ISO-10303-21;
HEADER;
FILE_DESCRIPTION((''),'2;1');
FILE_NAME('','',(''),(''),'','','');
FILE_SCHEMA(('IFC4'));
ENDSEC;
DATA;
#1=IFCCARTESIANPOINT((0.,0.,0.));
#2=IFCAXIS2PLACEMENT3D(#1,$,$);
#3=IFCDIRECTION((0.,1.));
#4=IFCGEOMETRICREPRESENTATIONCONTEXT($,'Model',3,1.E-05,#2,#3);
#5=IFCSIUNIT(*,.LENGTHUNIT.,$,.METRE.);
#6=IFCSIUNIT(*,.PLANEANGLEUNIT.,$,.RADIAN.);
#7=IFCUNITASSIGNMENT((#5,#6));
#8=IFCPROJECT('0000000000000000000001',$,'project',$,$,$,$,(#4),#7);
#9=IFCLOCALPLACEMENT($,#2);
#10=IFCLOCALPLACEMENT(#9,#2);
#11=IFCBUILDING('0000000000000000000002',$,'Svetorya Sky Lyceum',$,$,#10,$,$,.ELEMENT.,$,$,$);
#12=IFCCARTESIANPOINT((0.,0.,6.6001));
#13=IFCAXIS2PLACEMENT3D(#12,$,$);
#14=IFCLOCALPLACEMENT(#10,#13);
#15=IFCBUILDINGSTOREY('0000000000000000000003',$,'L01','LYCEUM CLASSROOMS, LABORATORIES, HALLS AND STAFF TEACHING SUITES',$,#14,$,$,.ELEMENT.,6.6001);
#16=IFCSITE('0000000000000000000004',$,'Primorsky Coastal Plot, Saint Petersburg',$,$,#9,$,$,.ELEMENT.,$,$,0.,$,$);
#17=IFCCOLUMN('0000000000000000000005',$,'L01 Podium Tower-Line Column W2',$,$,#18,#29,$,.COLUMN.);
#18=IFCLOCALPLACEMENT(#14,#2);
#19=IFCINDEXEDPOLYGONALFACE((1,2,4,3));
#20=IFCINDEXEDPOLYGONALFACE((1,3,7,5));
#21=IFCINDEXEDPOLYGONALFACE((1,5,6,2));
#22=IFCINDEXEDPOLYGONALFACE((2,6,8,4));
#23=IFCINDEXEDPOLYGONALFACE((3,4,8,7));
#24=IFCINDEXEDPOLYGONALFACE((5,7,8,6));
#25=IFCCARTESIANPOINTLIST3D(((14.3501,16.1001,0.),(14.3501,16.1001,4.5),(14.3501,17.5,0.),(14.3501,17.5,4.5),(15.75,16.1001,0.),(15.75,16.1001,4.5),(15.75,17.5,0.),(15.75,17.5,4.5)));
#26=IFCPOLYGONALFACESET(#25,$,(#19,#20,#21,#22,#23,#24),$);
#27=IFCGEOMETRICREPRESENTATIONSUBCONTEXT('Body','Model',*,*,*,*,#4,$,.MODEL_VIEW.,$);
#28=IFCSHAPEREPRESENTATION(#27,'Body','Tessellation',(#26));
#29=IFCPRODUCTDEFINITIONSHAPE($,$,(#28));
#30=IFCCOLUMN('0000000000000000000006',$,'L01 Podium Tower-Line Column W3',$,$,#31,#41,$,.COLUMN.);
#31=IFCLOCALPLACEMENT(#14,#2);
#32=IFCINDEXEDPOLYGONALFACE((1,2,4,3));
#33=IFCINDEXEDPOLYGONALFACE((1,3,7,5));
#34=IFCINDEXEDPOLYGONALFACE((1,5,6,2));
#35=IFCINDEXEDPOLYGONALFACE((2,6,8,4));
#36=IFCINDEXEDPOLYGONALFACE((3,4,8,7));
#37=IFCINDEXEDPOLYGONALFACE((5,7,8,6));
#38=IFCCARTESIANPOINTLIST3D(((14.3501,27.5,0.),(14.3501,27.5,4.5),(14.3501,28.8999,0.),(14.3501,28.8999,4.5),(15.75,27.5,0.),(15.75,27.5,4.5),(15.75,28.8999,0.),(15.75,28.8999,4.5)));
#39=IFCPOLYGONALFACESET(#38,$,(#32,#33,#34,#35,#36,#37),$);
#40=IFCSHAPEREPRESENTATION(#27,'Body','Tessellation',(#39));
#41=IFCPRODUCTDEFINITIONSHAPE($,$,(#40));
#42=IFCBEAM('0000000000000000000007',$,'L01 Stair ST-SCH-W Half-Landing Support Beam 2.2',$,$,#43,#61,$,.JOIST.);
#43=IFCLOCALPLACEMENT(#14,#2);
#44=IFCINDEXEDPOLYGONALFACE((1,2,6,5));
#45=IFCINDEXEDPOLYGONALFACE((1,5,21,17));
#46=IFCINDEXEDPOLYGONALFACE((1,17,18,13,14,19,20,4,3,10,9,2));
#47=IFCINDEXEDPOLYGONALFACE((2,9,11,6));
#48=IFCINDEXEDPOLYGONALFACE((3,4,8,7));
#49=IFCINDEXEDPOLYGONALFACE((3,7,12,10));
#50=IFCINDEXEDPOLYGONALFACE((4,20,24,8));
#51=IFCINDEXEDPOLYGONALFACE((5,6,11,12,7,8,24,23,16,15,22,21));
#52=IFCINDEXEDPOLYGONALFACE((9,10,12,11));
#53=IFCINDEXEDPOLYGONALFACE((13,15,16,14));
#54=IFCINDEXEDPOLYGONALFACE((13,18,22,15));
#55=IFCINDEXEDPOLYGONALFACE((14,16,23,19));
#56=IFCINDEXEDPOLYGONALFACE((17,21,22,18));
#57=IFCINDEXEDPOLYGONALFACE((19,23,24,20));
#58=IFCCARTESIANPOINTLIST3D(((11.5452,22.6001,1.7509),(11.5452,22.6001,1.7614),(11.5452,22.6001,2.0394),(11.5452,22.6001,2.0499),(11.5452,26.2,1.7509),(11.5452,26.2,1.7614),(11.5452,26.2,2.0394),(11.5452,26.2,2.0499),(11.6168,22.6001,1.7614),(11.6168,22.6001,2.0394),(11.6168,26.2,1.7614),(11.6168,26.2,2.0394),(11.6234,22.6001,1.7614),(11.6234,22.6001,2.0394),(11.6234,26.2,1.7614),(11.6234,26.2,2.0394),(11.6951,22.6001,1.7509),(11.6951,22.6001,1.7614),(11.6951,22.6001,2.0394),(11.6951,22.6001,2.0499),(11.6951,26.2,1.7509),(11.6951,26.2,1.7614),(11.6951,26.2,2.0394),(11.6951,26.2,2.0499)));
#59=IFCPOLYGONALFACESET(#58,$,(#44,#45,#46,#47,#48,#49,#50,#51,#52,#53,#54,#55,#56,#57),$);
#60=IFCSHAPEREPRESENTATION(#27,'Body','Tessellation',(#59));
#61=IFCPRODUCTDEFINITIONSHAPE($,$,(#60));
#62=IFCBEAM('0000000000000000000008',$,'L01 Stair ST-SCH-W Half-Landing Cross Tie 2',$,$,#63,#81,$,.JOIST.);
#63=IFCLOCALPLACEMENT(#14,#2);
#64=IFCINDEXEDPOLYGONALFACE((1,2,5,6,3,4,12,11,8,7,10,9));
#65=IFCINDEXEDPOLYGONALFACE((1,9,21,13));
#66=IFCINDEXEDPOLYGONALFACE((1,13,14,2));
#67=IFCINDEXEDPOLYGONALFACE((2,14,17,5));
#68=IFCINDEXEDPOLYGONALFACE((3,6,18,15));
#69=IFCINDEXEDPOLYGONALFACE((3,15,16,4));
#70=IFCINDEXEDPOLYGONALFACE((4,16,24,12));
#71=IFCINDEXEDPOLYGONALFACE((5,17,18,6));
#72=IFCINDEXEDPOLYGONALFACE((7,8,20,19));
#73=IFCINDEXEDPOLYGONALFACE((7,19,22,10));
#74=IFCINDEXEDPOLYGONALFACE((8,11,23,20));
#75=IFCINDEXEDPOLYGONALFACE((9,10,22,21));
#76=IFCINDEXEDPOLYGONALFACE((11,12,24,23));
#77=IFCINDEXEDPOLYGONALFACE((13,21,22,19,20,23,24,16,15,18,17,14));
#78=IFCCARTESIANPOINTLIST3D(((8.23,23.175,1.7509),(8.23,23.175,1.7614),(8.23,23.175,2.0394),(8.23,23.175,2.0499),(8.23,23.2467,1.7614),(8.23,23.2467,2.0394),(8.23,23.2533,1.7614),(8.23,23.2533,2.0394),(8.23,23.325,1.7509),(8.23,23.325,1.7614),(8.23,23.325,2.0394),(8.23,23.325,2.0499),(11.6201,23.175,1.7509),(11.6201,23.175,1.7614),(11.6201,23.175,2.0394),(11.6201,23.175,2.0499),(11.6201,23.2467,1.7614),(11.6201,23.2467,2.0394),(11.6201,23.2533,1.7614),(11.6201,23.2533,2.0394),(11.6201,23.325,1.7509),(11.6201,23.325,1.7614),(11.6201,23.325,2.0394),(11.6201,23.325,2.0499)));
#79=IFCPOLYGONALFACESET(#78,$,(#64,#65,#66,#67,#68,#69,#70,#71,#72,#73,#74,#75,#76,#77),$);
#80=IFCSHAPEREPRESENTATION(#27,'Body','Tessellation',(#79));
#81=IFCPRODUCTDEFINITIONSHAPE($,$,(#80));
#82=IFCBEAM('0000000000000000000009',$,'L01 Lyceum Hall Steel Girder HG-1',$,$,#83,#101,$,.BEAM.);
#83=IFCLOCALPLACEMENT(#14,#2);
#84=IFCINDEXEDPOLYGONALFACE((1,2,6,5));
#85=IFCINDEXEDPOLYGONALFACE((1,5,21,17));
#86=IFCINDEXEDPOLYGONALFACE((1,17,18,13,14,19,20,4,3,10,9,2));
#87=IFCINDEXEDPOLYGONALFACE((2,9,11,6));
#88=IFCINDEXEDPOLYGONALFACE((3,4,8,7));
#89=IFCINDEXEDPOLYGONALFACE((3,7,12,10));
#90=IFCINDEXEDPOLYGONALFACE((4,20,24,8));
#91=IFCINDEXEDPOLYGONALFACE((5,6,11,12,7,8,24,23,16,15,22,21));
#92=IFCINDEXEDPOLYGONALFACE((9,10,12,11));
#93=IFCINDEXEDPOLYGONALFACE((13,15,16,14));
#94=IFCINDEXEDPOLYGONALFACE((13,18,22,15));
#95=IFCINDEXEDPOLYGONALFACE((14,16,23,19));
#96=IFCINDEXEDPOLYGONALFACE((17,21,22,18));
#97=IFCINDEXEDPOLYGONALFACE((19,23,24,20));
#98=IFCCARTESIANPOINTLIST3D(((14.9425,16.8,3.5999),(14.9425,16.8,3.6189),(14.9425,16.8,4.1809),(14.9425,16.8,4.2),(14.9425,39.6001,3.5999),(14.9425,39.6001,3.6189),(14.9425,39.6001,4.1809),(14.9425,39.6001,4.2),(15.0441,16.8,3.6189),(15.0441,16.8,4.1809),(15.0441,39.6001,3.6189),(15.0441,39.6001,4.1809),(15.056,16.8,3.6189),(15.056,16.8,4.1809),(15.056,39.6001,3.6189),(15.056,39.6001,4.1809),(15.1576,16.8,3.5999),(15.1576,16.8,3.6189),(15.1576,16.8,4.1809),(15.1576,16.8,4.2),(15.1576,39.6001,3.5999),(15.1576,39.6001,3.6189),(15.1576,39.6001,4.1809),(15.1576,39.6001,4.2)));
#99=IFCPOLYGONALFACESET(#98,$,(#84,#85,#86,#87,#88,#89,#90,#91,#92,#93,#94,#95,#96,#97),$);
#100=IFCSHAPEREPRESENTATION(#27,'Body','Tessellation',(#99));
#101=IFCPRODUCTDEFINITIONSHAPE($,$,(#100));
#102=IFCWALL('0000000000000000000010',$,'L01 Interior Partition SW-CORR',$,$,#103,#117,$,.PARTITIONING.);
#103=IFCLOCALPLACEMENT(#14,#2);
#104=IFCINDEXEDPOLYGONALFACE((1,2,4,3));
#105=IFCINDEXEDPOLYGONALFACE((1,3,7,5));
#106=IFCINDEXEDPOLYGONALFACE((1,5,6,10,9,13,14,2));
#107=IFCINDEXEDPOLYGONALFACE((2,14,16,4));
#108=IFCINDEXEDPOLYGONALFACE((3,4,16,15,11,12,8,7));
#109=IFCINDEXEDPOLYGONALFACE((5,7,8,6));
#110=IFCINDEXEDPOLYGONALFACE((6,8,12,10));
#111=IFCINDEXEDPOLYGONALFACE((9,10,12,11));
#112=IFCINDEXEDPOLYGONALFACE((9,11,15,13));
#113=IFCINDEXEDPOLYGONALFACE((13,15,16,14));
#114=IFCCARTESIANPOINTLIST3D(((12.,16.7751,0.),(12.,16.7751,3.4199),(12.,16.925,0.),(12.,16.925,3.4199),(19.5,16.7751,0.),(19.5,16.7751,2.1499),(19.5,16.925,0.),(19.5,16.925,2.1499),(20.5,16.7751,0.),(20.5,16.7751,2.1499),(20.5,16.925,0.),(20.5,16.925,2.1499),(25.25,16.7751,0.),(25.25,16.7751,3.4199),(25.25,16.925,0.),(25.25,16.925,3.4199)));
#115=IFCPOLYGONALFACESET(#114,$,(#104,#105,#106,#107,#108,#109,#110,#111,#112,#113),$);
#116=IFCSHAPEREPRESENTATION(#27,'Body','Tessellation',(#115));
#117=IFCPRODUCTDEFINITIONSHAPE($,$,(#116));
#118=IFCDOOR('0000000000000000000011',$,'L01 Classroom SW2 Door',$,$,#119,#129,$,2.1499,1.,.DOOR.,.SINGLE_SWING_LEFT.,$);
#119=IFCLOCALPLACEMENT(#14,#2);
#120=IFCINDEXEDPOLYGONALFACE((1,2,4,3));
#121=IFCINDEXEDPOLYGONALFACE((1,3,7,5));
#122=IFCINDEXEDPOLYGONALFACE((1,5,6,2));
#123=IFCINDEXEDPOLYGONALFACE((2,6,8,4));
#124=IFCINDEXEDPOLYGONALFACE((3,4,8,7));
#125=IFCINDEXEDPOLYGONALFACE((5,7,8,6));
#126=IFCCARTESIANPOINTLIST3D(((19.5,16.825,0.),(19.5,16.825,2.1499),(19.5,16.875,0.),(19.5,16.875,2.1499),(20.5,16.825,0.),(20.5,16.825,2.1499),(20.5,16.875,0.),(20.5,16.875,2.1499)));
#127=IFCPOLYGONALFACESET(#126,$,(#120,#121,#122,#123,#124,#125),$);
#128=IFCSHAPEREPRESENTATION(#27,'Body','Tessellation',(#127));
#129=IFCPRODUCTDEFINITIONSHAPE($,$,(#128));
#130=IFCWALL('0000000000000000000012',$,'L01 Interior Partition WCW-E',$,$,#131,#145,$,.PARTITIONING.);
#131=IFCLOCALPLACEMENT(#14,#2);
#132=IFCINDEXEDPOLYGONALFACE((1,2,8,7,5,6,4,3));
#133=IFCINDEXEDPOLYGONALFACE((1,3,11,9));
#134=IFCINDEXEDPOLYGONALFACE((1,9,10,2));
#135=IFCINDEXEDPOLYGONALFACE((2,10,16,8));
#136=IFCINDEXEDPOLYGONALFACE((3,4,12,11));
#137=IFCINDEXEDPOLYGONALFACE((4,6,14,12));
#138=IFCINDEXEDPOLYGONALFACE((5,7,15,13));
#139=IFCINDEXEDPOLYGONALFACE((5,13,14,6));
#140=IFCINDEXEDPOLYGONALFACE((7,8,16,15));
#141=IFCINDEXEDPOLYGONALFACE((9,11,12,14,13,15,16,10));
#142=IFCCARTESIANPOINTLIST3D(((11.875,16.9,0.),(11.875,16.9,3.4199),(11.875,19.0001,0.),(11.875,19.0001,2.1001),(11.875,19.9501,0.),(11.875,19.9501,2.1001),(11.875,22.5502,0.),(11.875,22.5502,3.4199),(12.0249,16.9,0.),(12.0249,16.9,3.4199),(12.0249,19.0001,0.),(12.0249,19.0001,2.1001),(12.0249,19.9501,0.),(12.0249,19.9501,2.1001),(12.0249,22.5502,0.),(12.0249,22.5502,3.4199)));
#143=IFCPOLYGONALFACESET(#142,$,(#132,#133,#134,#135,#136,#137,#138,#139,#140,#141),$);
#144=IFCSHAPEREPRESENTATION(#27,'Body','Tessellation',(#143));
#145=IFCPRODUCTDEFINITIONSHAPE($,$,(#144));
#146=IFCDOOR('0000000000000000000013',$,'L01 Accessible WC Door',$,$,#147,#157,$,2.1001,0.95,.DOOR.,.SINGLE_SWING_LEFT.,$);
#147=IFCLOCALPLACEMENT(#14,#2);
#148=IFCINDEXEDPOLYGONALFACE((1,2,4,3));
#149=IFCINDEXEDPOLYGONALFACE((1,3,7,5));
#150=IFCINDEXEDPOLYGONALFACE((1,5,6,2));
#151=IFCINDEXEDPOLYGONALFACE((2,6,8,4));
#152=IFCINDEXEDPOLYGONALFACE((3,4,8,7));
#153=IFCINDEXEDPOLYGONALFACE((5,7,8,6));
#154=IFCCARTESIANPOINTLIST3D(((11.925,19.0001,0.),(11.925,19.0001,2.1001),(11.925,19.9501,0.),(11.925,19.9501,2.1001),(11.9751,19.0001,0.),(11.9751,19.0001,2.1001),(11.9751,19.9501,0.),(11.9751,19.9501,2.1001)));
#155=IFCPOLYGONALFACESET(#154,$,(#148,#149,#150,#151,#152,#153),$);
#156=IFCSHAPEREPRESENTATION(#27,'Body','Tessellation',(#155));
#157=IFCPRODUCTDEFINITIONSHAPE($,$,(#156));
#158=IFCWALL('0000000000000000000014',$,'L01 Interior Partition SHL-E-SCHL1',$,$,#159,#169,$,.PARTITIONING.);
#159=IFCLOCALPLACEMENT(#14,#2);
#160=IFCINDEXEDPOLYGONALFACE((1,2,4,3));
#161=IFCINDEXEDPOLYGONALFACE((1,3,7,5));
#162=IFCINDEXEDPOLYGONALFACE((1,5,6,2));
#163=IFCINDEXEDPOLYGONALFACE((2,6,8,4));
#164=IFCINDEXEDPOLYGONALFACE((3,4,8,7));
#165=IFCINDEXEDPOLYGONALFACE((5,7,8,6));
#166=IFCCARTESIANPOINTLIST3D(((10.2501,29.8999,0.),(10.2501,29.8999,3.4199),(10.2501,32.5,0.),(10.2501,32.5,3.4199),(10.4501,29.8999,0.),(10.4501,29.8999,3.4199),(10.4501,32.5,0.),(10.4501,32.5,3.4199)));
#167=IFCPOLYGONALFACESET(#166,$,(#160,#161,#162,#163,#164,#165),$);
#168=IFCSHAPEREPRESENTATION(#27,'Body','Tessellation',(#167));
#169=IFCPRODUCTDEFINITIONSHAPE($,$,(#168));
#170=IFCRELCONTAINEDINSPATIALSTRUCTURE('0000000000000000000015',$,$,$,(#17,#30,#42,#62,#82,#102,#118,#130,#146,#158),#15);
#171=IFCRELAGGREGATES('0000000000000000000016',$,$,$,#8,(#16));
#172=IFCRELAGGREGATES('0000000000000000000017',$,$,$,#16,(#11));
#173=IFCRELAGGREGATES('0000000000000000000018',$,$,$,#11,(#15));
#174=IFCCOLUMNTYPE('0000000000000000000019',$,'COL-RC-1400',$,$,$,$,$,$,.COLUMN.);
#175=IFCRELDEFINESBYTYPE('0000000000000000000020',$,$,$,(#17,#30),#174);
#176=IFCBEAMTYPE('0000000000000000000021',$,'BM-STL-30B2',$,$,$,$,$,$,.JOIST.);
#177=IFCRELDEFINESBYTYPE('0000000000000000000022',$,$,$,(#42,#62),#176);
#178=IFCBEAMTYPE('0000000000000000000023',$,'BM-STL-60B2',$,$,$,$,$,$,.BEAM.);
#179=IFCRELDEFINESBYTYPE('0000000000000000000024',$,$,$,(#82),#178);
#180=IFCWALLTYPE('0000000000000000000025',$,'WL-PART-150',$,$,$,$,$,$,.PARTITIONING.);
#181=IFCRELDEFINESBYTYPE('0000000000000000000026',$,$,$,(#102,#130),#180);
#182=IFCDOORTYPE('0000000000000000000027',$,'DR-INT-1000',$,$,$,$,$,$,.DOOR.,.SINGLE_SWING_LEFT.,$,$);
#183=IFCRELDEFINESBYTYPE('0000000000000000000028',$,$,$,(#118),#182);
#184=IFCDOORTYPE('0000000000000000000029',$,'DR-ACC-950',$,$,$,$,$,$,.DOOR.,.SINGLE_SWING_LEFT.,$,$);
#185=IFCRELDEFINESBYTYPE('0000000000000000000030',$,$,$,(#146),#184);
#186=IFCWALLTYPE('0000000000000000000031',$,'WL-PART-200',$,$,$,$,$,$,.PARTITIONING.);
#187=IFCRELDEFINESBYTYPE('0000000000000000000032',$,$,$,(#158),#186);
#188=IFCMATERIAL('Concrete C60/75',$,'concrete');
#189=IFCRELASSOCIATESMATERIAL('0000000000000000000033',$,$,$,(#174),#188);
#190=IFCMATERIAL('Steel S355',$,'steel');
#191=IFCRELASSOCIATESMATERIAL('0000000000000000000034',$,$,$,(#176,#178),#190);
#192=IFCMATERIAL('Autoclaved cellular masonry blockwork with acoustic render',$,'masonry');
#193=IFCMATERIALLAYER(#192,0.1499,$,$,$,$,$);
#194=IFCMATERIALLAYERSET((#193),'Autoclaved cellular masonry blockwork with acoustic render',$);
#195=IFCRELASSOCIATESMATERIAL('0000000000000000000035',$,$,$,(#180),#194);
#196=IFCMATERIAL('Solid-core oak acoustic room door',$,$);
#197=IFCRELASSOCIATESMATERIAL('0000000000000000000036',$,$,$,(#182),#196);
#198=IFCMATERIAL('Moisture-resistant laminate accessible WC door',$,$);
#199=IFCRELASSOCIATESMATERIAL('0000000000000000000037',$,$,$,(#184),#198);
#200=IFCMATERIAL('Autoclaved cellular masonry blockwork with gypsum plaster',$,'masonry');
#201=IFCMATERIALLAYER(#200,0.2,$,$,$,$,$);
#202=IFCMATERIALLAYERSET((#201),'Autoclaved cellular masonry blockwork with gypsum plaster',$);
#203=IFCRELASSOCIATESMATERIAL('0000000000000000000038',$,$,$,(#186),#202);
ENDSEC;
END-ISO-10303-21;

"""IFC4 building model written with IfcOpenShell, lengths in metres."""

from ifc_helpers import new_model, si_unit, direction, frame, frame_2d, origin, origin_2d, place, context, subcontext, project, spatial, rectangle, i_section, extrude, material, layer, layer_set, material_profile, profile_set, type_object, element, fill, save


model = new_model("IFC4")

# Units and contexts
model_context = context("Model", 3, precision=1e-05, world=origin(), true_north=direction((0.0, 1.0)))
body_context = subcontext(model_context, "Body", "Model", "MODEL_VIEW")
ifc_project = project(units=[si_unit("LENGTHUNIT", "METRE"), si_unit("PLANEANGLEUNIT", "RADIAN")], contexts=[model_context])

# Site, building, storey
site_placement = place(None, origin())
site = spatial("IfcSite", under=ifc_project, at=site_placement, Name="Primorsky Coastal Plot, Saint Petersburg", CompositionType="ELEMENT", RefElevation=0.0)
building_placement = place(site_placement, origin())
building = spatial("IfcBuilding", under=site, at=building_placement, Name="Svetorya Sky Lyceum", CompositionType="ELEMENT")
storey_placement = place(building_placement, frame((0.0, 0.0, 6.6001)))
storey = spatial("IfcBuildingStorey", under=building, at=storey_placement, Name="L01", Description="LYCEUM CLASSROOMS, LABORATORIES, HALLS AND STAFF TEACHING SUITES", CompositionType="ELEMENT", Elevation=6.6001)

# Columns
ifc_material_1 = material(Name="Concrete C60/75", Category="concrete")
ifc_material_profile_1 = material_profile(ifc_material_1, rectangle(XDim=1.3999, YDim=1.3999, at=origin_2d()), Name="RC COL 1400x1400")
ifc_profile_set_1 = profile_set([ifc_material_profile_1], Name="Concrete C60/75")
column_type = type_object("IfcColumnType", Name="COL-RC-1400", PredefinedType="COLUMN", material=ifc_profile_set_1)
for number, where, z_axis, x_axis, name in (
    (1, (15.05, 16.8, 0.0), (0.0, 0.0, 1.0), (1.0, 0.0, 0.0), "L01 Podium Tower-Line Column W2"),
    (2, (15.05, 28.2, 0.0), (0.0, 0.0, 1.0), (1.0, 0.0, 0.0), "L01 Podium Tower-Line Column W3"),
):
    element("IfcColumn", number, at=place(storey_placement, frame(where, z_axis=z_axis, x_axis=x_axis)), inside=storey, type_object=column_type, Name=name, PredefinedType="COLUMN", context=body_context, shape_type="SweptSolid", body=[
        extrude(rectangle(XDim=1.3999, YDim=1.3999, at=origin_2d()), origin(), (0.0, 0.0, 1.0), 4.5),
    ])

# Beams
ifc_material_2 = material(Name="Steel S355", Category="steel")
ifc_material_profile_2 = material_profile(ifc_material_2, i_section(OverallWidth=0.1499, OverallDepth=0.2991, WebThickness=0.0066, FlangeThickness=0.0105, at=origin_2d()), Name="GOST 30B2")
ifc_profile_set_2 = profile_set([ifc_material_profile_2], Name="Steel S355")
beam_type_1 = type_object("IfcBeamType", Name="BM-STL-30B2", PredefinedType="JOIST", material=ifc_profile_set_2)
beam_1_placement = place(storey_placement, frame((11.6201, 22.6001, 1.9004), z_axis=(0.0, 1.0, 0.0), x_axis=(-1.0, 0.0, 0.0)))
element("IfcBeam", 3, at=beam_1_placement, inside=storey, type_object=beam_type_1, Name="L01 Stair ST-SCH-W Half-Landing Support Beam 2.2", PredefinedType="JOIST", context=body_context, shape_type="SweptSolid", body=[
    extrude(i_section(OverallWidth=0.1499, OverallDepth=0.2991, WebThickness=0.0066, FlangeThickness=0.0105, at=origin_2d()), origin(), (0.0, 0.0, 1.0), 3.5999),
])
beam_2_placement = place(storey_placement, frame((8.23, 23.25, 1.9004), z_axis=(1.0, 0.0, 0.0), x_axis=(0.0, 1.0, 0.0)))
element("IfcBeam", 4, at=beam_2_placement, inside=storey, type_object=beam_type_1, Name="L01 Stair ST-SCH-W Half-Landing Cross Tie 2", PredefinedType="JOIST", context=body_context, shape_type="SweptSolid", body=[
    extrude(i_section(OverallWidth=0.1499, OverallDepth=0.2991, WebThickness=0.0066, FlangeThickness=0.0105, at=origin_2d()), origin(), (0.0, 0.0, 1.0), 3.3901),
])
ifc_material_profile_3 = material_profile(ifc_material_2, i_section(OverallWidth=0.2151, OverallDepth=0.6001, WebThickness=0.012, FlangeThickness=0.019, at=origin_2d()), Name="GOST 60B2")
ifc_profile_set_3 = profile_set([ifc_material_profile_3], Name="Steel S355")
beam_type_2 = type_object("IfcBeamType", Name="BM-STL-60B2", PredefinedType="BEAM", material=ifc_profile_set_3)
beam_3_placement = place(storey_placement, frame((15.05, 16.8, 3.8999), z_axis=(0.0, 1.0, 0.0), x_axis=(-1.0, 0.0, 0.0)))
element("IfcBeam", 5, at=beam_3_placement, inside=storey, type_object=beam_type_2, Name="L01 Lyceum Hall Steel Girder HG-1", PredefinedType="BEAM", context=body_context, shape_type="SweptSolid", body=[
    extrude(i_section(OverallWidth=0.2151, OverallDepth=0.6001, WebThickness=0.012, FlangeThickness=0.019, at=origin_2d()), origin(), (0.0, 0.0, 1.0), 22.8),
])

# Walls, openings, doors
ifc_material_3 = material(Name="Autoclaved cellular masonry blockwork with acoustic render", Category="masonry")
ifc_layer_1 = layer(ifc_material_3, 0.1499)
ifc_layer_set_1 = layer_set([ifc_layer_1], Name="Autoclaved cellular masonry blockwork with acoustic render")
wall_type_1 = type_object("IfcWallType", Name="WL-PART-150", PredefinedType="PARTITIONING", material=ifc_layer_set_1)
wall_1_placement = place(storey_placement, frame((12.0, 16.8501, 0.0), z_axis=(0.0, 0.0, 1.0), x_axis=(1.0, 0.0, 0.0)))
wall_1 = element("IfcWall", 6, at=wall_1_placement, inside=storey, type_object=wall_type_1, Name="L01 Interior Partition SW-CORR", PredefinedType="PARTITIONING", context=body_context, shape_type="SweptSolid", body=[
    extrude(rectangle(XDim=13.25, YDim=0.1499, at=frame_2d((6.625, 0.0))), origin(), (0.0, 0.0, 1.0), 3.4199),
])
opening_1_placement = place(wall_1_placement, frame((7.5, 0.0, 0.0)))
opening_1 = element("IfcOpeningElement", 7, at=opening_1_placement, cuts=wall_1, PredefinedType="OPENING", context=body_context, shape_type="SweptSolid", body=[
    extrude(rectangle(XDim=1.0, YDim=2.1499, at=frame_2d((0.5, 1.075))), frame((0.0, 0.085, 0.0), z_axis=(0.0, -1.0, 0.0), x_axis=(1.0, 0.0, 0.0)), (0.0, 0.0, 1.0), 0.1699),
])
ifc_material_4 = material(Name="Solid-core oak acoustic room door")
door_type_1 = type_object("IfcDoorType", Name="DR-INT-1000", OperationType="SINGLE_SWING_LEFT", PredefinedType="DOOR", material=ifc_material_4)
door_1_placement = place(opening_1_placement, origin())
door_1 = element("IfcDoor", 8, at=door_1_placement, inside=storey, type_object=door_type_1, Name="L01 Classroom SW2 Door", OperationType="SINGLE_SWING_LEFT", OverallHeight=2.1499, OverallWidth=1.0, PredefinedType="DOOR", context=body_context, shape_type="SweptSolid", body=[
    extrude(rectangle(XDim=1.0, YDim=2.1499, at=frame_2d((0.5, 1.075))), frame((0.0, 0.0249, 0.0), z_axis=(0.0, -1.0, 0.0), x_axis=(1.0, 0.0, 0.0)), (0.0, 0.0, 1.0), 0.05),
])
fill(opening_1, door_1)
wall_2_placement = place(storey_placement, frame((11.95, 16.8999, 0.0), z_axis=(0.0, 0.0, 1.0), x_axis=(0.0, 1.0, 0.0)))
wall_2 = element("IfcWall", 9, at=wall_2_placement, inside=storey, type_object=wall_type_1, Name="L01 Interior Partition WCW-E", PredefinedType="PARTITIONING", context=body_context, shape_type="SweptSolid", body=[
    extrude(rectangle(XDim=5.6501, YDim=0.1499, at=frame_2d((2.8252, 0.0))), origin(), (0.0, 0.0, 1.0), 3.4199),
])
opening_2_placement = place(wall_2_placement, frame((2.1001, 0.0, 0.0)))
opening_2 = element("IfcOpeningElement", 10, at=opening_2_placement, cuts=wall_2, PredefinedType="OPENING", context=body_context, shape_type="SweptSolid", body=[
    extrude(rectangle(XDim=0.95, YDim=2.1001, at=frame_2d((0.4751, 1.05))), frame((0.0, 0.085, 0.0), z_axis=(0.0, -1.0, 0.0), x_axis=(1.0, 0.0, 0.0)), (0.0, 0.0, 1.0), 0.1699),
])
ifc_material_5 = material(Name="Moisture-resistant laminate accessible WC door")
door_type_2 = type_object("IfcDoorType", Name="DR-ACC-950", OperationType="SINGLE_SWING_LEFT", PredefinedType="DOOR", material=ifc_material_5)
door_2_placement = place(opening_2_placement, origin())
door_2 = element("IfcDoor", 11, at=door_2_placement, inside=storey, type_object=door_type_2, Name="L01 Accessible WC Door", OperationType="SINGLE_SWING_LEFT", OverallHeight=2.1001, OverallWidth=0.95, PredefinedType="DOOR", context=body_context, shape_type="SweptSolid", body=[
    extrude(rectangle(XDim=0.95, YDim=2.1001, at=frame_2d((0.4751, 1.05))), frame((0.0, 0.0249, 0.0), z_axis=(0.0, -1.0, 0.0), x_axis=(1.0, 0.0, 0.0)), (0.0, 0.0, 1.0), 0.05),
])
fill(opening_2, door_2)

# Wall
ifc_material_6 = material(Name="Autoclaved cellular masonry blockwork with gypsum plaster", Category="masonry")
ifc_layer_2 = layer(ifc_material_6, 0.2)
ifc_layer_set_2 = layer_set([ifc_layer_2], Name="Autoclaved cellular masonry blockwork with gypsum plaster")
wall_type_2 = type_object("IfcWallType", Name="WL-PART-200", PredefinedType="PARTITIONING", material=ifc_layer_set_2)
wall_3_placement = place(storey_placement, frame((10.3501, 29.8999, 0.0), z_axis=(0.0, 0.0, 1.0), x_axis=(0.0, 1.0, 0.0)))
element("IfcWall", 12, at=wall_3_placement, inside=storey, type_object=wall_type_2, Name="L01 Interior Partition SHL-E-SCHL1", PredefinedType="PARTITIONING", context=body_context, shape_type="SweptSolid", body=[
    extrude(rectangle(XDim=2.6001, YDim=0.2, at=frame_2d((1.3, 0.0))), origin(), (0.0, 0.0, 1.0), 3.4199),
])

save(model, "model.ifc")
